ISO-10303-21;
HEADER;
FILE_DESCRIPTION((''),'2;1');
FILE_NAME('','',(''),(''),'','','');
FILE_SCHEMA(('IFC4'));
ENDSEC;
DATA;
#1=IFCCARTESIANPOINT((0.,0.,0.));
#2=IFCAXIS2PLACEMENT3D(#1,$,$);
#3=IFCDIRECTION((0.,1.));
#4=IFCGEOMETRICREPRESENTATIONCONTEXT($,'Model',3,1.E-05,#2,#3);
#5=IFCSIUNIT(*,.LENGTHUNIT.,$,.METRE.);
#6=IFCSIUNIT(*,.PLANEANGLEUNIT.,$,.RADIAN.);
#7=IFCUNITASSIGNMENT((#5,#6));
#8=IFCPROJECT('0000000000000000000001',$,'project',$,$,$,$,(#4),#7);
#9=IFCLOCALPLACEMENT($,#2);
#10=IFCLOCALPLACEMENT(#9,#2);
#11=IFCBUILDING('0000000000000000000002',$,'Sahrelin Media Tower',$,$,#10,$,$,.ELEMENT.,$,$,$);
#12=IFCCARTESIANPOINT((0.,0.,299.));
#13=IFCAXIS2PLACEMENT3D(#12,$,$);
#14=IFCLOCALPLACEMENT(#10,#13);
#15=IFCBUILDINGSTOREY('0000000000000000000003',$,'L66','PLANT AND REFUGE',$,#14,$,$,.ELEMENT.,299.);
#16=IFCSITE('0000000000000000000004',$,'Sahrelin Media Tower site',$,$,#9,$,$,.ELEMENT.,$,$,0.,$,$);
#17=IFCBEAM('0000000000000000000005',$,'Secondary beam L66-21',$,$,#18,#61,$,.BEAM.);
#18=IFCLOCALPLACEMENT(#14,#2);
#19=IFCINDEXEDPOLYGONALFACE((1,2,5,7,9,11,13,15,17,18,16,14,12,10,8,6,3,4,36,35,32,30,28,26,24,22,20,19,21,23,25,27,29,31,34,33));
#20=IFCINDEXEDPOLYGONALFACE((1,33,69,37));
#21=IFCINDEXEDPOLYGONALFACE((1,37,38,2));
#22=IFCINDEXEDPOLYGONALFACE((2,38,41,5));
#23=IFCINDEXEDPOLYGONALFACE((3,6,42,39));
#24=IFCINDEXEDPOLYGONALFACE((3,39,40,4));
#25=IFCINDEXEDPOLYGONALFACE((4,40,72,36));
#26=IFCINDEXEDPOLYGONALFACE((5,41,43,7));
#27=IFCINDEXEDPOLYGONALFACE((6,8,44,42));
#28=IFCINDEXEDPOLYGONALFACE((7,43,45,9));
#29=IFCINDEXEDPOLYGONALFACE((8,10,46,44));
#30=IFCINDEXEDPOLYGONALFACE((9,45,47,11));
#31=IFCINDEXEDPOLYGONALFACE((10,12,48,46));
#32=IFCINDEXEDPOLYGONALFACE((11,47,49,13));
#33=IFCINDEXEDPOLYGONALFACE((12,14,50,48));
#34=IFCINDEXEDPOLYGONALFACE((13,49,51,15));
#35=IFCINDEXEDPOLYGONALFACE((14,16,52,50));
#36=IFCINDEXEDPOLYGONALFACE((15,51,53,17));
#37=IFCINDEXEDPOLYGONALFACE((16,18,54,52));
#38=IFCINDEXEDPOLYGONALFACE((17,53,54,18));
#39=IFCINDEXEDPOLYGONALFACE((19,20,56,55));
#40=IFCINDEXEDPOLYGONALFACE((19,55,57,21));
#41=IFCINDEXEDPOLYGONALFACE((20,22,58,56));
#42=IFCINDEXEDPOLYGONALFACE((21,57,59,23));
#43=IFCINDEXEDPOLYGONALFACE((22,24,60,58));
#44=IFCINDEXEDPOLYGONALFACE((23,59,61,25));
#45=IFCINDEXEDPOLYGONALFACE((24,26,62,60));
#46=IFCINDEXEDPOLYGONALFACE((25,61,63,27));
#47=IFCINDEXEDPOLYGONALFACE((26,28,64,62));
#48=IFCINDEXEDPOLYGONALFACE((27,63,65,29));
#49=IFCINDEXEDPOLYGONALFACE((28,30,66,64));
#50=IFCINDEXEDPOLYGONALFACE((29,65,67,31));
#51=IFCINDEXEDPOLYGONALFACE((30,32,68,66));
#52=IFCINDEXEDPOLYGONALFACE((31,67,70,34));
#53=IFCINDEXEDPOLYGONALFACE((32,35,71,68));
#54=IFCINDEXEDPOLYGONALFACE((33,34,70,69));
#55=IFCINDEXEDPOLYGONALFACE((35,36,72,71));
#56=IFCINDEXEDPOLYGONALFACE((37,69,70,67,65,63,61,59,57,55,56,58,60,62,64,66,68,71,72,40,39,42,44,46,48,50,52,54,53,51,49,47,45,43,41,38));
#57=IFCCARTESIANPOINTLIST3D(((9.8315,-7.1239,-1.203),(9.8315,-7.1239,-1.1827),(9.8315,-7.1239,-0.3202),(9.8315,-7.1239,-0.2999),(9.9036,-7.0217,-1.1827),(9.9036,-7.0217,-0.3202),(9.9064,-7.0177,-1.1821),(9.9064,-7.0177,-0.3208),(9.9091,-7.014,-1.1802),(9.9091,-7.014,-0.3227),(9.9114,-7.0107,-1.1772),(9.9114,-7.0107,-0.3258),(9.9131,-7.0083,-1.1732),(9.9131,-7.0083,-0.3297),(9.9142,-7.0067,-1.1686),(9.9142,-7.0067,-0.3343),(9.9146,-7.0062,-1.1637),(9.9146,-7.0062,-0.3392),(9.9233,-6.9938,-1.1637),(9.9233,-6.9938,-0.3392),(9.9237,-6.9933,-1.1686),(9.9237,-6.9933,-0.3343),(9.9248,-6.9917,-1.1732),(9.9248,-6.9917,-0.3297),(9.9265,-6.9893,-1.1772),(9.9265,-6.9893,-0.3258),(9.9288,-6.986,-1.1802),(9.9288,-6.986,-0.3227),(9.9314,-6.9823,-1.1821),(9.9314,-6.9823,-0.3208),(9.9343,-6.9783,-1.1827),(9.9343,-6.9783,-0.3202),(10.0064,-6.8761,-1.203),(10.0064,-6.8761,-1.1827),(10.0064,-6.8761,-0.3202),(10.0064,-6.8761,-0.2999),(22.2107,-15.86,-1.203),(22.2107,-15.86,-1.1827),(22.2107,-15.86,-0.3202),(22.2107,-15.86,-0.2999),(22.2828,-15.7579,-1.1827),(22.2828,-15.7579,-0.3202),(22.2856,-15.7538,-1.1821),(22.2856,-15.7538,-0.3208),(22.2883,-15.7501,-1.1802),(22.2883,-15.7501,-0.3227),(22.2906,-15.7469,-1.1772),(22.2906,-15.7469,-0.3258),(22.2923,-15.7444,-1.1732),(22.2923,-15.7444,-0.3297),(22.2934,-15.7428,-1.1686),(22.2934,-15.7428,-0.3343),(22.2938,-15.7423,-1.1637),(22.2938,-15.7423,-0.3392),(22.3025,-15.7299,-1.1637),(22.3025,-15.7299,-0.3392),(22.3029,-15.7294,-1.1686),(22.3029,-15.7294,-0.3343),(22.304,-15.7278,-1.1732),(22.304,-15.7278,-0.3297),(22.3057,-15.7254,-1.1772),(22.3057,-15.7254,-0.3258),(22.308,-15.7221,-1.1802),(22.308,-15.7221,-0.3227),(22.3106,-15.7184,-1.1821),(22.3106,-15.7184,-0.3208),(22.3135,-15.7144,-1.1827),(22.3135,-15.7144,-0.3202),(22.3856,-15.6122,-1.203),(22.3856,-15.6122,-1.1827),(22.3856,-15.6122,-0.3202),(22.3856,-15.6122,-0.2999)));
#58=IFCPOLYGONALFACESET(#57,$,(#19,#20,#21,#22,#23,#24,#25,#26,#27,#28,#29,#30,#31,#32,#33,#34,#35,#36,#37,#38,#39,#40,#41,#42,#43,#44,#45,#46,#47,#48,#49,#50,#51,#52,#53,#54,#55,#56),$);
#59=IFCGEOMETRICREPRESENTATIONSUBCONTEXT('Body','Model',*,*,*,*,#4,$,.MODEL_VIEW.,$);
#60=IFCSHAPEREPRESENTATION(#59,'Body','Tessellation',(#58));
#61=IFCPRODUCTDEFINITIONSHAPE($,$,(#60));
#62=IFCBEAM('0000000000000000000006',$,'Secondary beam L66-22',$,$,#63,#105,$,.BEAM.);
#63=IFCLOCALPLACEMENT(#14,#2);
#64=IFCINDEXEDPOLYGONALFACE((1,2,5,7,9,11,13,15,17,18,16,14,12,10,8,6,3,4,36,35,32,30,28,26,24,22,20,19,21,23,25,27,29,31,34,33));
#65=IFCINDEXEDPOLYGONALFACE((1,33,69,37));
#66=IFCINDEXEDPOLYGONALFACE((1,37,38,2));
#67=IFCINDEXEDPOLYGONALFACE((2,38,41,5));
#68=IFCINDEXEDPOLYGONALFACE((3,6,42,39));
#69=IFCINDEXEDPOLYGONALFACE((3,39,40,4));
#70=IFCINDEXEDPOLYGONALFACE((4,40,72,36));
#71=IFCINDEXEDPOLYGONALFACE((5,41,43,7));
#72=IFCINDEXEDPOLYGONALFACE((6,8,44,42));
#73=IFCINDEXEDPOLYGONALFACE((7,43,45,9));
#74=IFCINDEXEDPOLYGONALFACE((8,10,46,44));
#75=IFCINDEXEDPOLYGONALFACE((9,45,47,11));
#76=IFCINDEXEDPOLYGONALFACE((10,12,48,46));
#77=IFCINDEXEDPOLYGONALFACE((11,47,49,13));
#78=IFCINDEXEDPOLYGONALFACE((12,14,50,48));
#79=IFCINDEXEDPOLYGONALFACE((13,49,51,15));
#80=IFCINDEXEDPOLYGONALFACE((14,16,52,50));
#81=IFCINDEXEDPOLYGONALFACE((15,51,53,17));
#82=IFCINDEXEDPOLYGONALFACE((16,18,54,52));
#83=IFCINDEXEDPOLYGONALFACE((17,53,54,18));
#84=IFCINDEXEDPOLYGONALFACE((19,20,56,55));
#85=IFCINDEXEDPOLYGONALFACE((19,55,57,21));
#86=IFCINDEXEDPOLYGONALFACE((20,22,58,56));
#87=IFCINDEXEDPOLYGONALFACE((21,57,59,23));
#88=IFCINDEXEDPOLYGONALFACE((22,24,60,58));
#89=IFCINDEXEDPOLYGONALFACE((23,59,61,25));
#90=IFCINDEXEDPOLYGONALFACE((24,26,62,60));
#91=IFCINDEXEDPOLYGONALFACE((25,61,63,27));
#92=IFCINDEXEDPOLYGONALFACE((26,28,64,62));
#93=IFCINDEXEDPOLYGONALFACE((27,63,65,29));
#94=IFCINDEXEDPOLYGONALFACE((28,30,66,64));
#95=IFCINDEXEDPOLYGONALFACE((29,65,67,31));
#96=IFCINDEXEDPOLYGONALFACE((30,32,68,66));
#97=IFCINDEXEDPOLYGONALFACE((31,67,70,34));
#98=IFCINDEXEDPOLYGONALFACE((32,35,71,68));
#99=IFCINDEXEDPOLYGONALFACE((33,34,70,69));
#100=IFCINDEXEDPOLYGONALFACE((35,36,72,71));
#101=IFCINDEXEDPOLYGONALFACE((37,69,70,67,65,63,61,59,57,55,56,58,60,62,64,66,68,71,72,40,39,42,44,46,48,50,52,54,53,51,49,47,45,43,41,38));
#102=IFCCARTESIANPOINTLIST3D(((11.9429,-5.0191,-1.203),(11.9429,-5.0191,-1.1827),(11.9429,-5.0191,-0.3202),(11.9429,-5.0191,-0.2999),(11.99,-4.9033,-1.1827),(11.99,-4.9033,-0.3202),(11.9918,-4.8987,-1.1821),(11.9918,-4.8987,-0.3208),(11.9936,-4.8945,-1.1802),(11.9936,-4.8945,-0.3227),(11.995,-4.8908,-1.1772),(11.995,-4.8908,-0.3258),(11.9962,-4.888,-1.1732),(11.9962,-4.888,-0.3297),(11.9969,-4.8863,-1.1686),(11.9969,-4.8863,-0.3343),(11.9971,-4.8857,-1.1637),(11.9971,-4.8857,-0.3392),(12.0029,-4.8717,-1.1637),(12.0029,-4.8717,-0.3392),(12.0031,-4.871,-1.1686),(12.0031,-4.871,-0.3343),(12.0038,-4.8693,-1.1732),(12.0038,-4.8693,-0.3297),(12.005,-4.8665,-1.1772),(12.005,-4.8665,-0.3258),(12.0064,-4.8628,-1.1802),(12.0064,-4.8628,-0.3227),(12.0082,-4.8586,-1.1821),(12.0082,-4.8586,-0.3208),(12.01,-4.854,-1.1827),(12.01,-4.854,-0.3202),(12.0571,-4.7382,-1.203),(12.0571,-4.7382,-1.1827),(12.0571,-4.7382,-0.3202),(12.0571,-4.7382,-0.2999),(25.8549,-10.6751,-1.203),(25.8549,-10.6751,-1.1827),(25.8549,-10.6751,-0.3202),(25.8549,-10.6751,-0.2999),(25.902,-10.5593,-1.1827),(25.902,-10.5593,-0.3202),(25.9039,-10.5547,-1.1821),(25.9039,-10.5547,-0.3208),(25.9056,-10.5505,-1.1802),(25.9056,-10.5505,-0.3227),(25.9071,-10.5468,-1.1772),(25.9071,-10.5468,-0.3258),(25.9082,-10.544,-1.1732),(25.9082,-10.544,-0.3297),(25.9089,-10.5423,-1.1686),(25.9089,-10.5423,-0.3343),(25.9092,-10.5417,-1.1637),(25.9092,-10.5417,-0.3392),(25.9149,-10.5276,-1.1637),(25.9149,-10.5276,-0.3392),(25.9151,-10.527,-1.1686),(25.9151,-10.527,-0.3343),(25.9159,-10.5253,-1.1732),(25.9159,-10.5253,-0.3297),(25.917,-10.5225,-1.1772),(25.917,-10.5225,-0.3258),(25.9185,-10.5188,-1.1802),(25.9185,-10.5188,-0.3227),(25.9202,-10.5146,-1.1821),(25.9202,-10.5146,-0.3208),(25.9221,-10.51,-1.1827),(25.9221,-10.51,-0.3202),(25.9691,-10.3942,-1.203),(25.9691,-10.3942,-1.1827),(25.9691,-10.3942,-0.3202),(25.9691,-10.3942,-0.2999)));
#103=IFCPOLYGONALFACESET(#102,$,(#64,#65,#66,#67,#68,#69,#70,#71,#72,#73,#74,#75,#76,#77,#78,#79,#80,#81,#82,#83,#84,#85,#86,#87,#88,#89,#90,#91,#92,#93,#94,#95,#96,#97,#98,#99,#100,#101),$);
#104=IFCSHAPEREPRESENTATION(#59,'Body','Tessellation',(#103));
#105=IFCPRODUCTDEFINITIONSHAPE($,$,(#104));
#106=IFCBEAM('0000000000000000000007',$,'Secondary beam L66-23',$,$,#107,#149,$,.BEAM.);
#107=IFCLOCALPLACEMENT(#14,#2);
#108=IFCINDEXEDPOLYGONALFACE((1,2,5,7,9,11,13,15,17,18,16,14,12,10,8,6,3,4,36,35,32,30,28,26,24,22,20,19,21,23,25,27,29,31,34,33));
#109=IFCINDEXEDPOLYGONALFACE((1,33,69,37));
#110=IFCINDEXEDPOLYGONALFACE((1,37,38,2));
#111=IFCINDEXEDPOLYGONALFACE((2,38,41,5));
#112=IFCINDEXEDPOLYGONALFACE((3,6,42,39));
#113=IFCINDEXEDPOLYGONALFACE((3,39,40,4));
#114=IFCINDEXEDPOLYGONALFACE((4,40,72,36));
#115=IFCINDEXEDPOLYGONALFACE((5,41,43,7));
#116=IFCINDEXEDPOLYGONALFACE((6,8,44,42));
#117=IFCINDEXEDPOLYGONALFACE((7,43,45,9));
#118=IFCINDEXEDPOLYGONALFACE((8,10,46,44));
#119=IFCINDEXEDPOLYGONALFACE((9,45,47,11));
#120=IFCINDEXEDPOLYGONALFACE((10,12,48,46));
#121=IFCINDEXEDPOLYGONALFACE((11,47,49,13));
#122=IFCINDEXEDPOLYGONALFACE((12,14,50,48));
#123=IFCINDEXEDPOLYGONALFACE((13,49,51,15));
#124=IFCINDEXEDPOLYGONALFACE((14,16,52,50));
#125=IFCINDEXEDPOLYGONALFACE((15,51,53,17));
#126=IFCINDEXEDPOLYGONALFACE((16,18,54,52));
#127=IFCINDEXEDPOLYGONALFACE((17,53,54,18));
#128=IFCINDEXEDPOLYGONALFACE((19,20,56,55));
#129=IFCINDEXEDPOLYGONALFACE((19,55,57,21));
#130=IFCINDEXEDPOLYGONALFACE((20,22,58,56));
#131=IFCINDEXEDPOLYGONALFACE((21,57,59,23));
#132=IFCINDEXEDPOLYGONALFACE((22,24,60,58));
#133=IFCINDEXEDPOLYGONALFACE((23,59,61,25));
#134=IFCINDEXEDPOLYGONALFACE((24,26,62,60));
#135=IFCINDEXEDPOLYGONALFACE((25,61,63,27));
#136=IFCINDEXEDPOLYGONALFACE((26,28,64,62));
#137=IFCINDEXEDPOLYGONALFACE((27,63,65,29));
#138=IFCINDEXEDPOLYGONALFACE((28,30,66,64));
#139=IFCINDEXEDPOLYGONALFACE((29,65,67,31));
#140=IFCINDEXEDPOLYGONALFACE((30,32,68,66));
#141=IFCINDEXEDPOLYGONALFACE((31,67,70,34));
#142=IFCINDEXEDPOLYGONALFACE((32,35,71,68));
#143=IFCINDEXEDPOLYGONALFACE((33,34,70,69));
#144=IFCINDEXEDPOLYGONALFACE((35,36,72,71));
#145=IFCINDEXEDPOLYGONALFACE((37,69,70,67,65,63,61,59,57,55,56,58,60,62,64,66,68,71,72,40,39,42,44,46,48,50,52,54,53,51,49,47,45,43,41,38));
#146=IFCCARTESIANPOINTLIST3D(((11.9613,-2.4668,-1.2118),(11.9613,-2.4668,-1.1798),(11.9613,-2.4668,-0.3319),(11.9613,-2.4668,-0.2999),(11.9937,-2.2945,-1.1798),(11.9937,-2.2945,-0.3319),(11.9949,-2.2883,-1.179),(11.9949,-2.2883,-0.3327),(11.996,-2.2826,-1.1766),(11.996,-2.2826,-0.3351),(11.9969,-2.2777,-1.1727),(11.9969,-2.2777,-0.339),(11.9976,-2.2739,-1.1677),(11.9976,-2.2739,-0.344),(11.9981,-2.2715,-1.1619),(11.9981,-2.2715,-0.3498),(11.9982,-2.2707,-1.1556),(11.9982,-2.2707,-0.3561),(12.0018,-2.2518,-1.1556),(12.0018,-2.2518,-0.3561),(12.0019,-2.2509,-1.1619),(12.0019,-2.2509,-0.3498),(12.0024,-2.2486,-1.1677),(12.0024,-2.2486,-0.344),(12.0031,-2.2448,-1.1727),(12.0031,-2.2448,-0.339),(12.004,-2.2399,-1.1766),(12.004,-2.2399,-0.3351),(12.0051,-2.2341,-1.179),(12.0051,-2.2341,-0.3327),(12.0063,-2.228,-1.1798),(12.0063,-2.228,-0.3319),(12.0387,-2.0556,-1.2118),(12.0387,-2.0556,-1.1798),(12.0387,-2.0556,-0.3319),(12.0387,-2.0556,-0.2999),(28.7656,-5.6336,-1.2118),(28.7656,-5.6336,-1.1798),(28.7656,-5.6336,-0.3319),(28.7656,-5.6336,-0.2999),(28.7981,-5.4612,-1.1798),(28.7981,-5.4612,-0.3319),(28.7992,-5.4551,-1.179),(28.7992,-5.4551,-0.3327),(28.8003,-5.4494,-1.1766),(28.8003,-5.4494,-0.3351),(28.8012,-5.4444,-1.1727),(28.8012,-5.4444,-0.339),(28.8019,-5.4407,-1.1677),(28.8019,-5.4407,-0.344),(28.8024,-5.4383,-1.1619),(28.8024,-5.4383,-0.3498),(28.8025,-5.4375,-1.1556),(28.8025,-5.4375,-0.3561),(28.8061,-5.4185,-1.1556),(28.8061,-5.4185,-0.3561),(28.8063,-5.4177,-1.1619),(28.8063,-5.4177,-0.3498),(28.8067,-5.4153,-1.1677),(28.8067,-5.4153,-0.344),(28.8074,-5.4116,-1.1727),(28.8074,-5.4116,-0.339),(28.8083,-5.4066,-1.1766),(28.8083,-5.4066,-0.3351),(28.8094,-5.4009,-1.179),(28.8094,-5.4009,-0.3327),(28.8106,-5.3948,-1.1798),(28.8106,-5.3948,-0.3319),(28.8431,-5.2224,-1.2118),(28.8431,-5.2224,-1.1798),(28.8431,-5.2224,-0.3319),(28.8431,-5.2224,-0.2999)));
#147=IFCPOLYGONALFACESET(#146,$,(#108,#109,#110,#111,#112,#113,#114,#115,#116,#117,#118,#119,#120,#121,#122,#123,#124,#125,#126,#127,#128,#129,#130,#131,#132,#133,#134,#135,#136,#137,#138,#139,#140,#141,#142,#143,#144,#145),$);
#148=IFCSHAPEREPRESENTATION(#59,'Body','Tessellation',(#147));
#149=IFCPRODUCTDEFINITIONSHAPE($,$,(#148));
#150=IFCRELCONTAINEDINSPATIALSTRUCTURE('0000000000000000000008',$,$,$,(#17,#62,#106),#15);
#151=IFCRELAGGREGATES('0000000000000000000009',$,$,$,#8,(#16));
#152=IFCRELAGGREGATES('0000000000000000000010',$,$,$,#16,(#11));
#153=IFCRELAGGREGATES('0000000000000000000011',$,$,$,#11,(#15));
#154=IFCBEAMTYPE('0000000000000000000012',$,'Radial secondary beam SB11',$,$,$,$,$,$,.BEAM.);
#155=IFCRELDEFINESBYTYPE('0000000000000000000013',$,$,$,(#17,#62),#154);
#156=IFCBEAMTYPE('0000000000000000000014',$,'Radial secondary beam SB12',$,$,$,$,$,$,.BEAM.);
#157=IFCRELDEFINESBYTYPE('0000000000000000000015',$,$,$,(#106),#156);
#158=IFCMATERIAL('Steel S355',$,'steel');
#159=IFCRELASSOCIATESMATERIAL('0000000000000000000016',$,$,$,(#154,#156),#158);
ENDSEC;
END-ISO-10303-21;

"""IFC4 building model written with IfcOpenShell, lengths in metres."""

from ifc_helpers import new_model, si_unit, direction, frame, origin, origin_2d, place, context, subcontext, project, spatial, i_section, extrude, material, material_profile, profile_set, type_object, element, save


model = new_model("IFC4")

# Units and contexts
model_context = context("Model", 3, precision=1e-05, world=origin(), true_north=direction((0.0, 1.0)))
body_context = subcontext(model_context, "Body", "Model", "MODEL_VIEW")
ifc_project = project(units=[si_unit("LENGTHUNIT", "METRE"), si_unit("PLANEANGLEUNIT", "RADIAN")], contexts=[model_context])

# Site, building, storey
site_placement = place(None, origin())
site = spatial("IfcSite", under=ifc_project, at=site_placement, Name="Sahrelin Media Tower site", CompositionType="ELEMENT", RefElevation=0.0)
building_placement = place(site_placement, origin())
building = spatial("IfcBuilding", under=site, at=building_placement, Name="Sahrelin Media Tower", CompositionType="ELEMENT")
storey_placement = place(building_placement, frame((0.0, 0.0, 299.0)))
storey = spatial("IfcBuildingStorey", under=building, at=storey_placement, Name="L66", Description="PLANT AND REFUGE", CompositionType="ELEMENT", Elevation=299.0)

# Beams
ifc_material_1 = material(Name="Steel S355", Category="steel")
ifc_material_profile_1 = material_profile(ifc_material_1, i_section(OverallWidth=0.3032, OverallDepth=0.9031, WebThickness=0.0151, FlangeThickness=0.0203, FilletRadius=0.019, at=origin_2d()), Name="UB 914x305x201")
ifc_profile_set_1 = profile_set([ifc_material_profile_1], Name="Steel S355")
beam_type_1 = type_object("IfcBeamType", Name="Radial secondary beam SB11", PredefinedType="BEAM", material=ifc_profile_set_1)
beam_1_placement = place(storey_placement, frame((9.9189, -7.0, -0.7515), z_axis=(0.817034, -0.576589, 0.0), x_axis=(0.576589, 0.817034, 0.0)))
element("IfcBeam", 1, at=beam_1_placement, inside=storey, type_object=beam_type_1, Name="Secondary beam L66-21", PredefinedType="BEAM", context=body_context, shape_type="SweptSolid", body=[
    extrude(i_section(OverallWidth=0.3032, OverallDepth=0.9031, WebThickness=0.0151, FlangeThickness=0.0203, FilletRadius=0.019, at=origin_2d()), origin(), (0.0, 0.0, 1.0), 15.1514),
])
beam_2_placement = place(storey_placement, frame((12.0, -4.8787, -0.7515), z_axis=(0.926369, -0.376618, 0.0), x_axis=(0.376618, 0.926369, 0.0)))
element("IfcBeam", 2, at=beam_2_placement, inside=storey, type_object=beam_type_1, Name="Secondary beam L66-22", PredefinedType="BEAM", context=body_context, shape_type="SweptSolid", body=[
    extrude(i_section(OverallWidth=0.3032, OverallDepth=0.9031, WebThickness=0.0151, FlangeThickness=0.0203, FilletRadius=0.019, at=origin_2d()), origin(), (0.0, 0.0, 1.0), 15.0178),
])
ifc_material_profile_2 = material_profile(ifc_material_1, i_section(OverallWidth=0.4185, OverallDepth=0.9119, WebThickness=0.0193, FlangeThickness=0.032, FilletRadius=0.0242, at=origin_2d()), Name="UB 914x419x343")
ifc_profile_set_2 = profile_set([ifc_material_profile_2], Name="Steel S355")
beam_type_2 = type_object("IfcBeamType", Name="Radial secondary beam SB12", PredefinedType="BEAM", material=ifc_profile_set_2)
beam_3_placement = place(storey_placement, frame((12.0, -2.2612, -0.7559), z_axis=(0.982703, -0.18519, 0.0), x_axis=(0.18519, 0.982703, 0.0)))
element("IfcBeam", 3, at=beam_3_placement, inside=storey, type_object=beam_type_2, Name="Secondary beam L66-23", PredefinedType="BEAM", context=body_context, shape_type="SweptSolid", body=[
    extrude(i_section(OverallWidth=0.4185, OverallDepth=0.9119, WebThickness=0.0193, FlangeThickness=0.032, FilletRadius=0.0242, at=origin_2d()), origin(), (0.0, 0.0, 1.0), 17.1001),
])

save(model, "model.ifc")
